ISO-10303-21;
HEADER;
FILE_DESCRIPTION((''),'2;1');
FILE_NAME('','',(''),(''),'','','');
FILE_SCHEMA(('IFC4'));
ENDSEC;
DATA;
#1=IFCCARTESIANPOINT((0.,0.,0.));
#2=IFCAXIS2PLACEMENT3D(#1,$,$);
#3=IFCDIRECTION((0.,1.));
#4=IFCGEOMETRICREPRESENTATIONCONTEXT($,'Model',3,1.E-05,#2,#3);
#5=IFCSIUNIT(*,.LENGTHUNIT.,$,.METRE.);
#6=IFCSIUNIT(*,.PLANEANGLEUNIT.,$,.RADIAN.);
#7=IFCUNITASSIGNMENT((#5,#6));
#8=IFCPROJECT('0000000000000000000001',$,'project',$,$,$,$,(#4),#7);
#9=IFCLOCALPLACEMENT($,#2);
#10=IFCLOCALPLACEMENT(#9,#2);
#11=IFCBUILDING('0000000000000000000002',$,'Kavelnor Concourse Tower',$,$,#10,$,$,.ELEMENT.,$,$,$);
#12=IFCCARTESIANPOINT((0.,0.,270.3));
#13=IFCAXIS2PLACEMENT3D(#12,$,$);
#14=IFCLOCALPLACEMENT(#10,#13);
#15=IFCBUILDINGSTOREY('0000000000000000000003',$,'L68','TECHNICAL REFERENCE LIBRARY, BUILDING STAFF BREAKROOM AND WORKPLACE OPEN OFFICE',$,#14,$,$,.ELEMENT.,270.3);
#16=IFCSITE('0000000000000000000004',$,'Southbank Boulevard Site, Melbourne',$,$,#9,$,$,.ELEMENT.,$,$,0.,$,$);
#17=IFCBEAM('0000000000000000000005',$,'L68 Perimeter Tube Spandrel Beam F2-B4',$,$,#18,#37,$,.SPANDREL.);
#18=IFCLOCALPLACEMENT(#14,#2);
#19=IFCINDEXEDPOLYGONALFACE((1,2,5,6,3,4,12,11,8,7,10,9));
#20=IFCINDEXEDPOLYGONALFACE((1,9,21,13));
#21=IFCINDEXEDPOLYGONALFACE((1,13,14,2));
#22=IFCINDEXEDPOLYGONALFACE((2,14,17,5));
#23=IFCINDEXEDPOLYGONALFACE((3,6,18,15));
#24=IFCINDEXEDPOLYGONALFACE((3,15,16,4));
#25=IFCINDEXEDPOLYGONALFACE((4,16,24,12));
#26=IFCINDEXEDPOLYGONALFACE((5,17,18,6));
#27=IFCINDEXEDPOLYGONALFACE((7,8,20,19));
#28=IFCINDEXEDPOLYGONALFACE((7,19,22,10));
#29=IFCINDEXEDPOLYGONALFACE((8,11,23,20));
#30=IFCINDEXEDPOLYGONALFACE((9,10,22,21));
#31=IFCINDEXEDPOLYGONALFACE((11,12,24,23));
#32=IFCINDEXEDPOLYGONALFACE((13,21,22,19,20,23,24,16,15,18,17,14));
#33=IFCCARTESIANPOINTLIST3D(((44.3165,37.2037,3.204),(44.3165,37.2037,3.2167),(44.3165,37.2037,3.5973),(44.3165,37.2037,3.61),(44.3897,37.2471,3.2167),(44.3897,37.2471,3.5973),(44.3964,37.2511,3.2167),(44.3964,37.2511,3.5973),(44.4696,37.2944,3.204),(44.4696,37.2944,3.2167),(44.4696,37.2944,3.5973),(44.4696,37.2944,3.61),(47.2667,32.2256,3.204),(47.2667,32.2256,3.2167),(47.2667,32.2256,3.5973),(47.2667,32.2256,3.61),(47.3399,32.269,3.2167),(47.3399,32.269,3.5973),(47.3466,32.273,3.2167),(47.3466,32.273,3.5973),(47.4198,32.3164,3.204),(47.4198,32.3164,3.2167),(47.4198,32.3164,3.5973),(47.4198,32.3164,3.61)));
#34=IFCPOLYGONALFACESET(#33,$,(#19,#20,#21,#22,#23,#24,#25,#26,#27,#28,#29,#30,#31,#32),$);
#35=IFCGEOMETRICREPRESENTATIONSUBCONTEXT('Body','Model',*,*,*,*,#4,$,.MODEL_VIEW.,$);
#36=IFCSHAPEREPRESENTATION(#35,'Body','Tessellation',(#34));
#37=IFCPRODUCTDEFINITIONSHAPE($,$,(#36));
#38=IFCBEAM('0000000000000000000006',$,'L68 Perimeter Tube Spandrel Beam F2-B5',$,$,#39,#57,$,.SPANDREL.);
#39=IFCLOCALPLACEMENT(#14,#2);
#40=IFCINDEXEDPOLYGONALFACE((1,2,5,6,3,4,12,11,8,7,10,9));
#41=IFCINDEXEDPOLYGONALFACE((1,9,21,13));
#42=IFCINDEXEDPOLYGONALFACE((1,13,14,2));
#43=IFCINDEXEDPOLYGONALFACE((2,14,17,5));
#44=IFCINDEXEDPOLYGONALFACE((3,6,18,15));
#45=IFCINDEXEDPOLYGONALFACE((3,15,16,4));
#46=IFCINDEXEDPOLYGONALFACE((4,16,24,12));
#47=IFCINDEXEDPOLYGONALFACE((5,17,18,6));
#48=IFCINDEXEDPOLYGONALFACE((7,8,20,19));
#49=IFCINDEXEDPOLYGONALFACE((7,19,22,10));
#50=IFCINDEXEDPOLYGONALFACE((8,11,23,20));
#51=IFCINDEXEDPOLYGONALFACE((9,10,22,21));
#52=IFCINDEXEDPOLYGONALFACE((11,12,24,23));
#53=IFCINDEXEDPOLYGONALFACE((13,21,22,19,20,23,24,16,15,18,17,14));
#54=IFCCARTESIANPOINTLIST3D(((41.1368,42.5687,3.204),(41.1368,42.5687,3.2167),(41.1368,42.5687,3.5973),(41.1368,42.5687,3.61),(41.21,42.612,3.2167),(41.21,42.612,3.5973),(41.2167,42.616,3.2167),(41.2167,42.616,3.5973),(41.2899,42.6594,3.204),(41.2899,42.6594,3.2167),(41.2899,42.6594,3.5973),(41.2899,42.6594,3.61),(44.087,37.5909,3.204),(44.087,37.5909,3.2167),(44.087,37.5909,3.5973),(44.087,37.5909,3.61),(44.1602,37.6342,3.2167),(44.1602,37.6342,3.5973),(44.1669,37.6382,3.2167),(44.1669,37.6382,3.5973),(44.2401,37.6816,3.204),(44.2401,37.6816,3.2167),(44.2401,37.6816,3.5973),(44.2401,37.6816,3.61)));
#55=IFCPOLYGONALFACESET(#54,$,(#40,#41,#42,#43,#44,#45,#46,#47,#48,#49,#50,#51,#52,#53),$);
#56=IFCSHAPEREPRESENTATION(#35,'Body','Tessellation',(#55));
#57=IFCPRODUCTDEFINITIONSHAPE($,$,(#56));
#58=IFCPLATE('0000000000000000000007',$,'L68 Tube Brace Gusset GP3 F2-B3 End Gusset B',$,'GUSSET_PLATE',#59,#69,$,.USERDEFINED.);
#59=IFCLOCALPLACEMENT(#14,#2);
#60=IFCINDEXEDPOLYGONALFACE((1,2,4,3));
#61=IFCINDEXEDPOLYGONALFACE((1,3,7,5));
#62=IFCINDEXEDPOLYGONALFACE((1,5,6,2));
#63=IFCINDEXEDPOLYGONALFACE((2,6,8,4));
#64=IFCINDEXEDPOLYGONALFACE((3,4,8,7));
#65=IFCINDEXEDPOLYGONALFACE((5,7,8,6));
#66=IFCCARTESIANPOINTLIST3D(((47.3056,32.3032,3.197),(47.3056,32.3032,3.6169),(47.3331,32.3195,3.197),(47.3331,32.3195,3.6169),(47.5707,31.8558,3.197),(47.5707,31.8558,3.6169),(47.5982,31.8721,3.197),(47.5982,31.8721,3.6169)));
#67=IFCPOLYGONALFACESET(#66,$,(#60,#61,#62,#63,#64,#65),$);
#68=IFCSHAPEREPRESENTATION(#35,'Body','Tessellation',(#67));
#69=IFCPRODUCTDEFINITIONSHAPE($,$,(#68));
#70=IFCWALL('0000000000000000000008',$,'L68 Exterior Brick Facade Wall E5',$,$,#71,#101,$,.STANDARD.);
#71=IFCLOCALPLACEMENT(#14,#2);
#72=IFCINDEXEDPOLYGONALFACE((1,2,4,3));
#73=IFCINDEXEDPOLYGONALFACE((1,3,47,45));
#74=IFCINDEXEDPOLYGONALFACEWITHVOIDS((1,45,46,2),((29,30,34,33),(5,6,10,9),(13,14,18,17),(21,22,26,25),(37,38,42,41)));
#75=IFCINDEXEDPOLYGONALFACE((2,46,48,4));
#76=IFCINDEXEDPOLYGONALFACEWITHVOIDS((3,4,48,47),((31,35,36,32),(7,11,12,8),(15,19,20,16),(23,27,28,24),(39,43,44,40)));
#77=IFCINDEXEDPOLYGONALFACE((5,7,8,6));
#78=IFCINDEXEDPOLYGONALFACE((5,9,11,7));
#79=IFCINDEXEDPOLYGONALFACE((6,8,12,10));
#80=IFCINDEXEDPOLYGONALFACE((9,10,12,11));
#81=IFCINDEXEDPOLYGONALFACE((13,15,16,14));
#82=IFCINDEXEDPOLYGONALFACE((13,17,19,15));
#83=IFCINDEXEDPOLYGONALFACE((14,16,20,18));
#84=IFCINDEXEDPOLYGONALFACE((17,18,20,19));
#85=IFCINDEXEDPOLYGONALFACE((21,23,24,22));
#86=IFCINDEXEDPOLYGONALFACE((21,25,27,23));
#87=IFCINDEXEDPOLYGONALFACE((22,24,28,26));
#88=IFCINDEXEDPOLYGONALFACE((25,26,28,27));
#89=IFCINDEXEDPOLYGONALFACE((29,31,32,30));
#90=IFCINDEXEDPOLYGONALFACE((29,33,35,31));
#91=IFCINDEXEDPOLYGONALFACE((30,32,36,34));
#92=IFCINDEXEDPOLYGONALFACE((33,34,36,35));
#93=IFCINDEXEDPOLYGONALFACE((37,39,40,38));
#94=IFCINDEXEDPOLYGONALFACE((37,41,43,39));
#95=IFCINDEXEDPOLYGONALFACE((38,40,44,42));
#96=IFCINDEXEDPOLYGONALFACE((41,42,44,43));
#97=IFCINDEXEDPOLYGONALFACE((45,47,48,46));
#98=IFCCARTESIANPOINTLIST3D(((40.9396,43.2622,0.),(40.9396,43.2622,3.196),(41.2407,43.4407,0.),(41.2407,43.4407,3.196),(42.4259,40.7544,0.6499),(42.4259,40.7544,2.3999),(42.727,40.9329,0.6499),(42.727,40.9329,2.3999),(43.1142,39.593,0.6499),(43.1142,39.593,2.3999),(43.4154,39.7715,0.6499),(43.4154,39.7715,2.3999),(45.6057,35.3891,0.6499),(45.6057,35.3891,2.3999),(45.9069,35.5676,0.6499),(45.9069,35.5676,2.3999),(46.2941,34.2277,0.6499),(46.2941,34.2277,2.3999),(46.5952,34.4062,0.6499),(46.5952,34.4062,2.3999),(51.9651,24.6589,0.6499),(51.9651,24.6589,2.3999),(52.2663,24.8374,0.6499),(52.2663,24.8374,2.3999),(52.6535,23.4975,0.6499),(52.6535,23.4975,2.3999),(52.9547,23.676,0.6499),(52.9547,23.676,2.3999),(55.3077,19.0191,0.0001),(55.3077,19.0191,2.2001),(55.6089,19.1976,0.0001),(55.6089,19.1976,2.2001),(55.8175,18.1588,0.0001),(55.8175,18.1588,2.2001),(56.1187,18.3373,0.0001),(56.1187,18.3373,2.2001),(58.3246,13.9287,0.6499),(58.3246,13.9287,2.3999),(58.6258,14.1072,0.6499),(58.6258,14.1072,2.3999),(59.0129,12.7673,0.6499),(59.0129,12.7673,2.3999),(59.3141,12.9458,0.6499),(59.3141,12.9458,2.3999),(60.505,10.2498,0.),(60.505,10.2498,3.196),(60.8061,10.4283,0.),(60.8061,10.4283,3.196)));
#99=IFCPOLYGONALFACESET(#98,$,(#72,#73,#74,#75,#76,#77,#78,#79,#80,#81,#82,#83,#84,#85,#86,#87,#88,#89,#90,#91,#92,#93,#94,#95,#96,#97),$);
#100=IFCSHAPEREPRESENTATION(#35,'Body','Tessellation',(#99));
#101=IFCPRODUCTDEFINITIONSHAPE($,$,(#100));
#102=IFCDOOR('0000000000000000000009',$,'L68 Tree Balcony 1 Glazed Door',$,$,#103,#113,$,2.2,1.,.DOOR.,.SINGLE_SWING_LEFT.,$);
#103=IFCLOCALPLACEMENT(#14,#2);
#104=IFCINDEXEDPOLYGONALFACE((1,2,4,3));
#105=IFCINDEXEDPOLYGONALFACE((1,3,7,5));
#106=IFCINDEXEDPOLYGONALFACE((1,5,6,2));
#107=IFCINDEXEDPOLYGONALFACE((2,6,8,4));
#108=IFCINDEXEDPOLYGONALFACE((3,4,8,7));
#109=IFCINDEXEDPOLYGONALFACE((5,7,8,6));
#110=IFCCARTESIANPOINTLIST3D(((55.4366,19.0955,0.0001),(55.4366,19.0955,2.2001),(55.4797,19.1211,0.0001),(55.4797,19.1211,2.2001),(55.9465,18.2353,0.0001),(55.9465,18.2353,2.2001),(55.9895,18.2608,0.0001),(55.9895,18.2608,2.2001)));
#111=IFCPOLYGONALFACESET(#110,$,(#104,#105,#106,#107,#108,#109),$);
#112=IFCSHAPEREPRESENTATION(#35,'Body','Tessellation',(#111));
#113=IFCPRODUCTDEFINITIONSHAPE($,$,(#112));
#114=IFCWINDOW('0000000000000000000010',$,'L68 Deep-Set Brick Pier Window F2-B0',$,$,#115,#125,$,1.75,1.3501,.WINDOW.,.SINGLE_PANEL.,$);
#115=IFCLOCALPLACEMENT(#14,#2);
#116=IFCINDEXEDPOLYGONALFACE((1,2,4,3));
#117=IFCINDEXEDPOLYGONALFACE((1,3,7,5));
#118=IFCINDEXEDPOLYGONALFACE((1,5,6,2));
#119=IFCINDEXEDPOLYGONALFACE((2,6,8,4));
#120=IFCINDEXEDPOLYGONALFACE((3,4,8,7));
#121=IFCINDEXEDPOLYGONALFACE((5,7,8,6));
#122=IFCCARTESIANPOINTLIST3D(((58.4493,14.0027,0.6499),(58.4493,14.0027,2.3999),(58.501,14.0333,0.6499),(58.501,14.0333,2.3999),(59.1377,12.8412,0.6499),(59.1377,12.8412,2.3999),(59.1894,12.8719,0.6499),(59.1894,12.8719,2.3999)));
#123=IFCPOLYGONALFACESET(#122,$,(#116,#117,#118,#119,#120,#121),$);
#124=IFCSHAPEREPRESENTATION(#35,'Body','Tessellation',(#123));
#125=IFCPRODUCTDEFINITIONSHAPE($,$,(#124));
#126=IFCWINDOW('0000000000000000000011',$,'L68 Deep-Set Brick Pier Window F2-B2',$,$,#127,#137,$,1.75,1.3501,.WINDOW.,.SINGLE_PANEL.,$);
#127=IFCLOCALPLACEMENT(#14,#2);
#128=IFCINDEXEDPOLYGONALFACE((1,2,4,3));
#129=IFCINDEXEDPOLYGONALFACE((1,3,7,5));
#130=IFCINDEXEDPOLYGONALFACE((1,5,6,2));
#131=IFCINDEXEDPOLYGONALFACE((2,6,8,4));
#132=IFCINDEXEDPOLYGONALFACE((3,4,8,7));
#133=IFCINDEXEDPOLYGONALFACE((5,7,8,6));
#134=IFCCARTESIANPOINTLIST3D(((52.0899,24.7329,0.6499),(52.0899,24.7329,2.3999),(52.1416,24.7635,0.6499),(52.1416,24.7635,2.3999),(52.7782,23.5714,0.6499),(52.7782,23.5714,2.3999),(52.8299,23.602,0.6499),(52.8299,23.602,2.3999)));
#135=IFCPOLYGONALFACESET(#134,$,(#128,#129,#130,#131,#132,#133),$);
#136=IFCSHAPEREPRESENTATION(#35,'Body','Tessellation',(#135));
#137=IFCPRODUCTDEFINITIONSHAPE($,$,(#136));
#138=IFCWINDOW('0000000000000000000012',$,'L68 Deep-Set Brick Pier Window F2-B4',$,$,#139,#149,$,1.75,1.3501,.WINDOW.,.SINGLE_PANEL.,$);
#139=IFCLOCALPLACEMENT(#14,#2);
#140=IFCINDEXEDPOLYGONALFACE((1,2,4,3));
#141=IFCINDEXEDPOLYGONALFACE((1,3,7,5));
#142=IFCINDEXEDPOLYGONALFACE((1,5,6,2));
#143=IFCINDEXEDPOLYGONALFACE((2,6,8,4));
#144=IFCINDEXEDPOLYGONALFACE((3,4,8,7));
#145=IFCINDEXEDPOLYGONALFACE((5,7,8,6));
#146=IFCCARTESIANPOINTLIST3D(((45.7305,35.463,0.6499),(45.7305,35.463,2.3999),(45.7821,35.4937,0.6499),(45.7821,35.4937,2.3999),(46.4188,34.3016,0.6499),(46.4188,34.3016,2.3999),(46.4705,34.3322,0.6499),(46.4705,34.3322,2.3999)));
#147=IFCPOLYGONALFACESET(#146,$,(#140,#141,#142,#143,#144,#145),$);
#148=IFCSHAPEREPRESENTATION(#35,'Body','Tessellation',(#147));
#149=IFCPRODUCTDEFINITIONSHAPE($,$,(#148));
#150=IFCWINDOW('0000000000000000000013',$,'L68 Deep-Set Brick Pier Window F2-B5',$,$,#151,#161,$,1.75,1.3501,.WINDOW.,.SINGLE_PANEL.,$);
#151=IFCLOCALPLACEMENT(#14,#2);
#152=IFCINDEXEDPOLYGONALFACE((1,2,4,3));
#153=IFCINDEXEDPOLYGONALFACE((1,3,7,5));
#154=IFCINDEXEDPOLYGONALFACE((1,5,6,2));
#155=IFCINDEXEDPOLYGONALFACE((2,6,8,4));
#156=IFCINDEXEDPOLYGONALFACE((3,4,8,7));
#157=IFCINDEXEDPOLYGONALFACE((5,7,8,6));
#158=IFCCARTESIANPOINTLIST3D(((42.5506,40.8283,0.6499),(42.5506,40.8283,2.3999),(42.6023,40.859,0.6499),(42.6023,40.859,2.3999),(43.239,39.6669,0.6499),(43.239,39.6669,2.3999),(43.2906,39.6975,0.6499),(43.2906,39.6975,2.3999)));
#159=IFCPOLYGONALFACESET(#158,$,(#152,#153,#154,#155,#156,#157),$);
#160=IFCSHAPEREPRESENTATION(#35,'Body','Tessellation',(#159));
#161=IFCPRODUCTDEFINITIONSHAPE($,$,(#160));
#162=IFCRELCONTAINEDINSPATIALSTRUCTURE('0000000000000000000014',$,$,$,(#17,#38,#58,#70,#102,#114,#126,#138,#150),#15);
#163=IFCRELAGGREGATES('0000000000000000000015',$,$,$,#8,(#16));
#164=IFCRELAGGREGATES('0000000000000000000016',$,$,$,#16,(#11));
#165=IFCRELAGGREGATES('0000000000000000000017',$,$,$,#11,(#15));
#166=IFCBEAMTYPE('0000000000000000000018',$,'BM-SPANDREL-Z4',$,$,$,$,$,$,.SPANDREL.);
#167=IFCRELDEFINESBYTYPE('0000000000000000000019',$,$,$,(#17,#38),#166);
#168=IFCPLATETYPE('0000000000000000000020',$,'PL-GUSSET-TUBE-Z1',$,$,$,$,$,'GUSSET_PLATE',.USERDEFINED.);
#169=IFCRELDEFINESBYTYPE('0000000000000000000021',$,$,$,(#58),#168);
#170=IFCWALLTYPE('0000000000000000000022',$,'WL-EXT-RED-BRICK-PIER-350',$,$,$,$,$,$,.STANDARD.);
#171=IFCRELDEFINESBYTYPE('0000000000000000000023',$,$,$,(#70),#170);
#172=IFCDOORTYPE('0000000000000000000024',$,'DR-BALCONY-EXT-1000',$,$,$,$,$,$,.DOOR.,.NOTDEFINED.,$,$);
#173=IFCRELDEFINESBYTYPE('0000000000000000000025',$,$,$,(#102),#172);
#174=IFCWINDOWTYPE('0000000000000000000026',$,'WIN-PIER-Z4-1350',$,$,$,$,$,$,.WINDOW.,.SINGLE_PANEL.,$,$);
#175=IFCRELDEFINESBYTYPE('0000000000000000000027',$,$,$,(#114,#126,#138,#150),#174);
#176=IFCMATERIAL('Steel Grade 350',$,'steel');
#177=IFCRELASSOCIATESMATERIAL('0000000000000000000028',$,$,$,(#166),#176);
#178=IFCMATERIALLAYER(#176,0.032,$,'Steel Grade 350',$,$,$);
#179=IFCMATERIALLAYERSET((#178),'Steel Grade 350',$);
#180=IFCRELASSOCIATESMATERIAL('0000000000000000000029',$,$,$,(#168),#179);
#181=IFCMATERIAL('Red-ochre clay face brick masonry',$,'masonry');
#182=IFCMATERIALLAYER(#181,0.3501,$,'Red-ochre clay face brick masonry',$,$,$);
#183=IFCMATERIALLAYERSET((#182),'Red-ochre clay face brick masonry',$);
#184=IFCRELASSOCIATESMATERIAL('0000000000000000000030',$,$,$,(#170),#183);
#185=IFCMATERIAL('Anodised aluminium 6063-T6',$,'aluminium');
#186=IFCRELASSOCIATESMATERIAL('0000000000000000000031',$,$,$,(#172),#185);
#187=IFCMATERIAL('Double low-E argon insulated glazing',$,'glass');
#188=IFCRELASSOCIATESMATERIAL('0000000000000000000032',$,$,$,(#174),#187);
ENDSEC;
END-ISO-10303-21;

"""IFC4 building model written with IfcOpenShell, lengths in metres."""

from ifc_helpers import new_model, si_unit, direction, frame, frame_2d, origin, origin_2d, place, context, subcontext, project, spatial, rectangle, i_section, extrude, material, layer, layer_set, material_profile, profile_set, type_object, element, fill, save


model = new_model("IFC4")

# Units and contexts
model_context = context("Model", 3, precision=1e-05, world=origin(), true_north=direction((0.0, 1.0)))
body_context = subcontext(model_context, "Body", "Model", "MODEL_VIEW")
ifc_project = project(units=[si_unit("LENGTHUNIT", "METRE"), si_unit("PLANEANGLEUNIT", "RADIAN")], contexts=[model_context])

# Site, building, storey
site_placement = place(None, origin())
site = spatial("IfcSite", under=ifc_project, at=site_placement, Name="Southbank Boulevard Site, Melbourne", CompositionType="ELEMENT", RefElevation=0.0)
building_placement = place(site_placement, origin())
building = spatial("IfcBuilding", under=site, at=building_placement, Name="Kavelnor Concourse Tower", CompositionType="ELEMENT")
storey_placement = place(building_placement, frame((0.0, 0.0, 270.3)))
storey = spatial("IfcBuildingStorey", under=building, at=storey_placement, Name="L68", Description="TECHNICAL REFERENCE LIBRARY, BUILDING STAFF BREAKROOM AND WORKPLACE OPEN OFFICE", CompositionType="ELEMENT", Elevation=270.3)

# Shared definitions
ifc_material_1 = material(Name="Steel Grade 350", Category="steel")

# Beams
ifc_material_profile_1 = material_profile(ifc_material_1, i_section(OverallWidth=0.178, OverallDepth=0.406, WebThickness=0.0078, FlangeThickness=0.0127, at=origin_2d()), Name="410UB59")
ifc_profile_set_1 = profile_set([ifc_material_profile_1], Name="Steel Grade 350")
beam_type_1 = type_object("IfcBeamType", Name="BM-SPANDREL-Z4", PredefinedType="SPANDREL", material=ifc_profile_set_1)
beam_1_placement = place(storey_placement, frame((47.3433, 32.271, 3.407), z_axis=(-0.509835, 0.860272, 0.0), x_axis=(-0.860272, -0.509835, 0.0)))
element("IfcBeam", 1, at=beam_1_placement, inside=storey, type_object=beam_type_1, Name="L68 Perimeter Tube Spandrel Beam F2-B4", PredefinedType="SPANDREL", context=body_context, shape_type="SweptSolid", body=[
    extrude(i_section(OverallWidth=0.178, OverallDepth=0.406, WebThickness=0.0078, FlangeThickness=0.0127, at=origin_2d()), origin(), (0.0, 0.0, 1.0), 5.7866),
])
beam_2_placement = place(storey_placement, frame((44.1636, 37.6362, 3.407), z_axis=(-0.509853, 0.860261, 0.0), x_axis=(-0.860261, -0.509853, 0.0)))
element("IfcBeam", 2, at=beam_2_placement, inside=storey, type_object=beam_type_1, Name="L68 Perimeter Tube Spandrel Beam F2-B5", PredefinedType="SPANDREL", context=body_context, shape_type="SweptSolid", body=[
    extrude(i_section(OverallWidth=0.178, OverallDepth=0.406, WebThickness=0.0078, FlangeThickness=0.0127, at=origin_2d()), origin(), (0.0, 0.0, 1.0), 5.7864),
])

# Plate
ifc_layer_1 = layer(ifc_material_1, 0.032, Name="Steel Grade 350")
ifc_layer_set_1 = layer_set([ifc_layer_1], Name="Steel Grade 350")
plate_type = type_object("IfcPlateType", Name="PL-GUSSET-TUBE-Z1", ElementType="GUSSET_PLATE", PredefinedType="USERDEFINED", material=ifc_layer_set_1)
plate_placement = place(storey_placement, frame((47.4519, 32.0876, 3.197), z_axis=(0.0, 0.0, 1.0), x_axis=(-0.509792, 0.860297, 0.0)))
element("IfcPlate", 3, at=plate_placement, inside=storey, type_object=plate_type, Name="L68 Tube Brace Gusset GP3 F2-B3 End Gusset B", ObjectType="GUSSET_PLATE", PredefinedType="USERDEFINED", context=body_context, shape_type="SweptSolid", body=[
    extrude(rectangle(XDim=0.52, YDim=0.032, at=origin_2d()), origin(), (0.0, 0.0, 1.0), 0.4199),
])

# Wall, openings, door, windows
ifc_material_2 = material(Name="Red-ochre clay face brick masonry", Category="masonry")
ifc_layer_2 = layer(ifc_material_2, 0.3501, Name="Red-ochre clay face brick masonry")
ifc_layer_set_2 = layer_set([ifc_layer_2], Name="Red-ochre clay face brick masonry")
wall_type_1 = type_object("IfcWallType", Name="WL-EXT-RED-BRICK-PIER-350", PredefinedType="STANDARD", material=ifc_layer_set_2)
wall_1_placement = place(storey_placement, frame((41.0901, 43.3516, 0.0), z_axis=(0.0, 0.0, 1.0), x_axis=(0.509851, -0.860263, 0.0)))
wall_1 = element("IfcWall", 4, at=wall_1_placement, inside=storey, type_object=wall_type_1, Name="L68 Exterior Brick Facade Wall E5", PredefinedType="STANDARD", context=body_context, shape_type="SweptSolid", body=[
    extrude(rectangle(XDim=38.3748, YDim=0.3501, at=frame_2d((19.1875, 0.0))), origin(), (0.0, 0.0, 1.0), 3.196),
])
opening_1_placement = place(wall_1_placement, frame((28.1812, 0.0, 0.0)))
opening_1 = element("IfcOpeningElement", 5, at=opening_1_placement, cuts=wall_1, PredefinedType="OPENING", context=body_context, shape_type="SweptSolid", body=[
    extrude(rectangle(XDim=1.0, YDim=2.2, at=frame_2d((0.5, 1.1001))), frame((0.0, 0.1851, 0.0), z_axis=(0.0, -1.0, 0.0), x_axis=(1.0, 0.0, 0.0)), (0.0, 0.0, 1.0), 0.3701),
])
opening_2_placement = place(wall_1_placement, frame((34.0984, 0.0, 0.6499)))
opening_2 = element("IfcOpeningElement", 6, at=opening_2_placement, cuts=wall_1, PredefinedType="OPENING", context=body_context, shape_type="SweptSolid", body=[
    extrude(rectangle(XDim=1.3501, YDim=1.75, at=frame_2d((0.675, 0.875))), frame((0.0, 0.1851, 0.0), z_axis=(0.0, -1.0, 0.0), x_axis=(1.0, 0.0, 0.0)), (0.0, 0.0, 1.0), 0.3701),
])
opening_3_placement = place(wall_1_placement, frame((21.6252, 0.0, 0.6499)))
opening_3 = element("IfcOpeningElement", 7, at=opening_3_placement, cuts=wall_1, PredefinedType="OPENING", context=body_context, shape_type="SweptSolid", body=[
    extrude(rectangle(XDim=1.3501, YDim=1.75, at=frame_2d((0.675, 0.875))), frame((0.0, 0.1851, 0.0), z_axis=(0.0, -1.0, 0.0), x_axis=(1.0, 0.0, 0.0)), (0.0, 0.0, 1.0), 0.3701),
])
opening_4_placement = place(wall_1_placement, frame((9.1521, 0.0, 0.6499)))
opening_4 = element("IfcOpeningElement", 8, at=opening_4_placement, cuts=wall_1, PredefinedType="OPENING", context=body_context, shape_type="SweptSolid", body=[
    extrude(rectangle(XDim=1.3501, YDim=1.75, at=frame_2d((0.675, 0.875))), frame((0.0, 0.1851, 0.0), z_axis=(0.0, -1.0, 0.0), x_axis=(1.0, 0.0, 0.0)), (0.0, 0.0, 1.0), 0.3701),
])
opening_5_placement = place(wall_1_placement, frame((2.9153, 0.0, 0.6499)))
opening_5 = element("IfcOpeningElement", 9, at=opening_5_placement, cuts=wall_1, PredefinedType="OPENING", context=body_context, shape_type="SweptSolid", body=[
    extrude(rectangle(XDim=1.3501, YDim=1.75, at=frame_2d((0.675, 0.875))), frame((0.0, 0.1851, 0.0), z_axis=(0.0, -1.0, 0.0), x_axis=(1.0, 0.0, 0.0)), (0.0, 0.0, 1.0), 0.3701),
])
ifc_material_3 = material(Name="Anodised aluminium 6063-T6", Category="aluminium")
door_type = type_object("IfcDoorType", Name="DR-BALCONY-EXT-1000", OperationType="NOTDEFINED", PredefinedType="DOOR", material=ifc_material_3)
door_placement = place(opening_1_placement, origin())
door = element("IfcDoor", 10, at=door_placement, inside=storey, type_object=door_type, Name="L68 Tree Balcony 1 Glazed Door", OperationType="SINGLE_SWING_LEFT", OverallHeight=2.2, OverallWidth=1.0, PredefinedType="DOOR", context=body_context, shape_type="SweptSolid", body=[
    extrude(rectangle(XDim=1.0, YDim=2.2, at=frame_2d((0.5, 1.1001))), frame((0.0, 0.0249, 0.0), z_axis=(0.0, -1.0, 0.0), x_axis=(1.0, 0.0, 0.0)), (0.0, 0.0, 1.0), 0.05),
])
fill(opening_1, door)
ifc_material_4 = material(Name="Double low-E argon insulated glazing", Category="glass")
window_type = type_object("IfcWindowType", Name="WIN-PIER-Z4-1350", PartitioningType="SINGLE_PANEL", PredefinedType="WINDOW", material=ifc_material_4)
window_1_placement = place(opening_2_placement, origin())
window_1 = element("IfcWindow", 11, at=window_1_placement, inside=storey, type_object=window_type, Name="L68 Deep-Set Brick Pier Window F2-B0", OverallHeight=1.75, OverallWidth=1.3501, PartitioningType="SINGLE_PANEL", PredefinedType="WINDOW", context=body_context, shape_type="SweptSolid", body=[
    extrude(rectangle(XDim=1.3501, YDim=1.75, at=frame_2d((0.675, 0.875))), frame((0.0, 0.03, 0.0), z_axis=(0.0, -1.0, 0.0), x_axis=(1.0, 0.0, 0.0)), (0.0, 0.0, 1.0), 0.0601),
])
fill(opening_2, window_1)
window_2_placement = place(opening_3_placement, origin())
window_2 = element("IfcWindow", 12, at=window_2_placement, inside=storey, type_object=window_type, Name="L68 Deep-Set Brick Pier Window F2-B2", OverallHeight=1.75, OverallWidth=1.3501, PartitioningType="SINGLE_PANEL", PredefinedType="WINDOW", context=body_context, shape_type="SweptSolid", body=[
    extrude(rectangle(XDim=1.3501, YDim=1.75, at=frame_2d((0.675, 0.875))), frame((0.0, 0.03, 0.0), z_axis=(0.0, -1.0, 0.0), x_axis=(1.0, 0.0, 0.0)), (0.0, 0.0, 1.0), 0.0601),
])
fill(opening_3, window_2)
window_3_placement = place(opening_4_placement, origin())
window_3 = element("IfcWindow", 13, at=window_3_placement, inside=storey, type_object=window_type, Name="L68 Deep-Set Brick Pier Window F2-B4", OverallHeight=1.75, OverallWidth=1.3501, PartitioningType="SINGLE_PANEL", PredefinedType="WINDOW", context=body_context, shape_type="SweptSolid", body=[
    extrude(rectangle(XDim=1.3501, YDim=1.75, at=frame_2d((0.675, 0.875))), frame((0.0, 0.03, 0.0), z_axis=(0.0, -1.0, 0.0), x_axis=(1.0, 0.0, 0.0)), (0.0, 0.0, 1.0), 0.0601),
])
fill(opening_4, window_3)
window_4_placement = place(opening_5_placement, origin())
window_4 = element("IfcWindow", 14, at=window_4_placement, inside=storey, type_object=window_type, Name="L68 Deep-Set Brick Pier Window F2-B5", OverallHeight=1.75, OverallWidth=1.3501, PartitioningType="SINGLE_PANEL", PredefinedType="WINDOW", context=body_context, shape_type="SweptSolid", body=[
    extrude(rectangle(XDim=1.3501, YDim=1.75, at=frame_2d((0.675, 0.875))), frame((0.0, 0.03, 0.0), z_axis=(0.0, -1.0, 0.0), x_axis=(1.0, 0.0, 0.0)), (0.0, 0.0, 1.0), 0.0601),
])
fill(opening_5, window_4)

save(model, "model.ifc")
